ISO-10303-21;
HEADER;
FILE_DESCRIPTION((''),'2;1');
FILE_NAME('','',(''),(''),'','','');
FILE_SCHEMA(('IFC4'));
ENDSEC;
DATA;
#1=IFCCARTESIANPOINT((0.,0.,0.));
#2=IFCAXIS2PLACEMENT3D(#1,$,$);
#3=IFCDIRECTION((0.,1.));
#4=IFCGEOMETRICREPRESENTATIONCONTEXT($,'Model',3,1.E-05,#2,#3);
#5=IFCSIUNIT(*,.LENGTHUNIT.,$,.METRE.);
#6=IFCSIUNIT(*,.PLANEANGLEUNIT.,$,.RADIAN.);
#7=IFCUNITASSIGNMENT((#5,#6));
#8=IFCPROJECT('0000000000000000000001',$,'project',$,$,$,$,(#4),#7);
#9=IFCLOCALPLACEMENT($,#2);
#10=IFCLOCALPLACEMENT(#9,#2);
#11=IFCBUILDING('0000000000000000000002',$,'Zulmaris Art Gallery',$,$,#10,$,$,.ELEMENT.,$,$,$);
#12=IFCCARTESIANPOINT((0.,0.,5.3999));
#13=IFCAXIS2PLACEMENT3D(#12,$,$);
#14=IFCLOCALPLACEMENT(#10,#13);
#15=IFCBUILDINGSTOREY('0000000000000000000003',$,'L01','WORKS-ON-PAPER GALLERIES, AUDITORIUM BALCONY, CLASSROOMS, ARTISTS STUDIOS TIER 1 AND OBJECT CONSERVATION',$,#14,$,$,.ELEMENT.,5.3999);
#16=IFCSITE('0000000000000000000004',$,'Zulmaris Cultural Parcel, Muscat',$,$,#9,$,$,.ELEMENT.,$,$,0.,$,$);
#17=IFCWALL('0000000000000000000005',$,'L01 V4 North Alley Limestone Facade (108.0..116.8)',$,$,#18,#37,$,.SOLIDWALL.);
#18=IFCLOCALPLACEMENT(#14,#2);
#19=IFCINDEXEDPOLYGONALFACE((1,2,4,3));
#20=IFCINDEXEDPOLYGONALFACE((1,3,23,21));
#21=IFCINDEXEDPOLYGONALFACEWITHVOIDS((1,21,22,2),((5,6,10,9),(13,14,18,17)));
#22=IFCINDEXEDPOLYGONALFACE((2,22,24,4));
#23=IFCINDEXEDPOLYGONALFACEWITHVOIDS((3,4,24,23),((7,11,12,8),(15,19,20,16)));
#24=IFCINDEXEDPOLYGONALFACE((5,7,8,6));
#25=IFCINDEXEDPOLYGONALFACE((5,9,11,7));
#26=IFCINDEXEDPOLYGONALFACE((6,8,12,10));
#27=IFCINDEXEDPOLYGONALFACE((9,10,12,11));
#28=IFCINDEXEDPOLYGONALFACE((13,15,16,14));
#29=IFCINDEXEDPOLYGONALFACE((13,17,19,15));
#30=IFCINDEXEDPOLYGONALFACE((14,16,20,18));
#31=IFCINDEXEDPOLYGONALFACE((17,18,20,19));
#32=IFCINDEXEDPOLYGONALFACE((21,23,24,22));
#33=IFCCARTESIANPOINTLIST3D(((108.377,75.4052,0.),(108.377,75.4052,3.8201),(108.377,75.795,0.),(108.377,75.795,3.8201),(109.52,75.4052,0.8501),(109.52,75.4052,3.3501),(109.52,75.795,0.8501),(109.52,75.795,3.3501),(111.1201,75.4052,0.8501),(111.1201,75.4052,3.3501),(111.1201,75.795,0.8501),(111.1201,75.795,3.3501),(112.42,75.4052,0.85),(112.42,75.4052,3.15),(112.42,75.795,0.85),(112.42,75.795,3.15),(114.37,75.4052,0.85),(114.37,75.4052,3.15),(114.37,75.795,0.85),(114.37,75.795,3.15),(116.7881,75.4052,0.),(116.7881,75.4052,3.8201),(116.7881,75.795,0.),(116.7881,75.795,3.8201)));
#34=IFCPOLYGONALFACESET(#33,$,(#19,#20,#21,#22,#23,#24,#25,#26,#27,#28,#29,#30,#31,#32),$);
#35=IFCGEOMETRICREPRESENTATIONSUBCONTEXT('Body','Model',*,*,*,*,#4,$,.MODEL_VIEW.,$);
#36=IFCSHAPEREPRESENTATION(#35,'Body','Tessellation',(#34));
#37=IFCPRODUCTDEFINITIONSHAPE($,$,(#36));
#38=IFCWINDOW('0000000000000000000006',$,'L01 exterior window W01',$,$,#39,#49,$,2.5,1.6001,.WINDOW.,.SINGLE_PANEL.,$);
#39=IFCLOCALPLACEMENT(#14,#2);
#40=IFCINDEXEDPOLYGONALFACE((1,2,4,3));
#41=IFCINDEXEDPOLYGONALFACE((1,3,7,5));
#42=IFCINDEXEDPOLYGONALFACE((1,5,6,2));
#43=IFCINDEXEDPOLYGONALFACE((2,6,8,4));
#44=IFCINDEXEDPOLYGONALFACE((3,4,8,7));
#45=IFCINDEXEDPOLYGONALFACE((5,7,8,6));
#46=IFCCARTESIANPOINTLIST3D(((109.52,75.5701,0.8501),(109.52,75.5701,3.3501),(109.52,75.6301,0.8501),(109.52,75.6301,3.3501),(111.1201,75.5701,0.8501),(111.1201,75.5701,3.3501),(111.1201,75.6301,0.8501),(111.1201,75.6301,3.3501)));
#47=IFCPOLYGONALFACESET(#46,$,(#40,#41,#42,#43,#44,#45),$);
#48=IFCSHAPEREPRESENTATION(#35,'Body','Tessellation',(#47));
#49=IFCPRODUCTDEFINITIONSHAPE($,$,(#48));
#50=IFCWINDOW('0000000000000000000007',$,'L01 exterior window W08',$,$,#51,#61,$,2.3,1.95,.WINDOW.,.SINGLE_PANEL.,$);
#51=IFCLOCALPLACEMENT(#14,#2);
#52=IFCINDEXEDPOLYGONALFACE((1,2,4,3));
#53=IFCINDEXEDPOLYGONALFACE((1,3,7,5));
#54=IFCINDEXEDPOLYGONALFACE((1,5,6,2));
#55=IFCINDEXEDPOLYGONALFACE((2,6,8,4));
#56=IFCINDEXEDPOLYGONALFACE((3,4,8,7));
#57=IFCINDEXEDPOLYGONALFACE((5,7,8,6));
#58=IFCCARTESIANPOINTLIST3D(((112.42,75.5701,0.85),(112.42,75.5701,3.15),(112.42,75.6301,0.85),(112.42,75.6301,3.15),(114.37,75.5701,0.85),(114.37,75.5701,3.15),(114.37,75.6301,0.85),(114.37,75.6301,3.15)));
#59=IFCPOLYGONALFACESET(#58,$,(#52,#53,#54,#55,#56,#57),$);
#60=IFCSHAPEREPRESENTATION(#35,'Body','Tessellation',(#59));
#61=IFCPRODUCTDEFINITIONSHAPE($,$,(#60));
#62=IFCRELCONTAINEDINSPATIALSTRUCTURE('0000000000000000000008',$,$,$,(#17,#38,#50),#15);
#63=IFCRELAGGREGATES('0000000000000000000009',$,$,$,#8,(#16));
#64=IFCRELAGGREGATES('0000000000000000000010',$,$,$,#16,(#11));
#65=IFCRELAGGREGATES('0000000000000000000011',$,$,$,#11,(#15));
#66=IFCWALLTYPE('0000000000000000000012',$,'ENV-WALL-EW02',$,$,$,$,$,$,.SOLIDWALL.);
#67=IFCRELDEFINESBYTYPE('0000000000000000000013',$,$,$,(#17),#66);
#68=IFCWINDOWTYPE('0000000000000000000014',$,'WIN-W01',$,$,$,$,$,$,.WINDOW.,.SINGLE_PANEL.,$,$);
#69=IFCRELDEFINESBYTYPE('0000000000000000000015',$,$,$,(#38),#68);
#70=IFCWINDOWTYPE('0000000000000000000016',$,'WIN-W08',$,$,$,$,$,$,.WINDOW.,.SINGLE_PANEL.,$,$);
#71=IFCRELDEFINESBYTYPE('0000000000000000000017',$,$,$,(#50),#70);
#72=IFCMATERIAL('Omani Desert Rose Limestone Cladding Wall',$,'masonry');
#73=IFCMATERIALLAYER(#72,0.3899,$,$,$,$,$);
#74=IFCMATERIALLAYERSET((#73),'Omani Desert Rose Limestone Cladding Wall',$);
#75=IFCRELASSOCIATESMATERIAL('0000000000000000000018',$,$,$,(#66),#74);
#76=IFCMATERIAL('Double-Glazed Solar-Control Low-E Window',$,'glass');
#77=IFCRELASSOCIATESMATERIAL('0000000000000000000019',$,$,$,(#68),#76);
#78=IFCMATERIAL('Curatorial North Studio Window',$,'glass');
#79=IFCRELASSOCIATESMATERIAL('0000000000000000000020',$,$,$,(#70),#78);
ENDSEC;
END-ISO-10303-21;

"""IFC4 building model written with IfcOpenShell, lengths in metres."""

from ifc_helpers import new_model, si_unit, direction, frame, frame_2d, origin, place, context, subcontext, project, spatial, rectangle, extrude, material, layer, layer_set, type_object, element, fill, save


model = new_model("IFC4")

# Units and contexts
model_context = context("Model", 3, precision=1e-05, world=origin(), true_north=direction((0.0, 1.0)))
body_context = subcontext(model_context, "Body", "Model", "MODEL_VIEW")
ifc_project = project(units=[si_unit("LENGTHUNIT", "METRE"), si_unit("PLANEANGLEUNIT", "RADIAN")], contexts=[model_context])

# Site, building, storey
site_placement = place(None, origin())
site = spatial("IfcSite", under=ifc_project, at=site_placement, Name="Zulmaris Cultural Parcel, Muscat", CompositionType="ELEMENT", RefElevation=0.0)
building_placement = place(site_placement, origin())
building = spatial("IfcBuilding", under=site, at=building_placement, Name="Zulmaris Art Gallery", CompositionType="ELEMENT")
storey_placement = place(building_placement, frame((0.0, 0.0, 5.3999)))
storey = spatial("IfcBuildingStorey", under=building, at=storey_placement, Name="L01", Description="WORKS-ON-PAPER GALLERIES, AUDITORIUM BALCONY, CLASSROOMS, ARTISTS STUDIOS TIER 1 AND OBJECT CONSERVATION", CompositionType="ELEMENT", Elevation=5.3999)

# Wall, openings, windows
ifc_material_1 = material(Name="Omani Desert Rose Limestone Cladding Wall", Category="masonry")
ifc_layer_1 = layer(ifc_material_1, 0.3899)
ifc_layer_set_1 = layer_set([ifc_layer_1], Name="Omani Desert Rose Limestone Cladding Wall")
wall_type = type_object("IfcWallType", Name="ENV-WALL-EW02", PredefinedType="SOLIDWALL", material=ifc_layer_set_1)
ifc_material_2 = material(Name="Double-Glazed Solar-Control Low-E Window", Category="glass")
window_type_1 = type_object("IfcWindowType", Name="WIN-W01", PartitioningType="SINGLE_PANEL", PredefinedType="WINDOW", material=ifc_material_2)
ifc_material_3 = material(Name="Curatorial North Studio Window", Category="glass")
window_type_2 = type_object("IfcWindowType", Name="WIN-W08", PartitioningType="SINGLE_PANEL", PredefinedType="WINDOW", material=ifc_material_3)
wall_1_placement = place(storey_placement, frame((108.377, 75.6001, 0.0), z_axis=(0.0, 0.0, 1.0), x_axis=(1.0, 0.0, 0.0)))
wall_1 = element("IfcWall", 1, at=wall_1_placement, inside=storey, type_object=wall_type, Name="L01 V4 North Alley Limestone Facade (108.0..116.8)", PredefinedType="SOLIDWALL", context=body_context, shape_type="SweptSolid", body=[
    extrude(rectangle(XDim=8.4111, YDim=0.3899, at=frame_2d((4.2056, 0.0))), origin(), (0.0, 0.0, 1.0), 3.8201),
])
opening_1_placement = place(wall_1_placement, frame((1.1431, 0.0, 0.8501)))
opening_1 = element("IfcOpeningElement", 2, at=opening_1_placement, cuts=wall_1, PredefinedType="OPENING", context=body_context, shape_type="SweptSolid", body=[
    extrude(rectangle(XDim=1.6001, YDim=2.5, at=frame_2d((0.8, 1.25))), frame((0.0, 0.2048, 0.0), z_axis=(0.0, -1.0, 0.0), x_axis=(1.0, 0.0, 0.0)), (0.0, 0.0, 1.0), 0.4099),
])
opening_2_placement = place(wall_1_placement, frame((4.043, 0.0, 0.8501)))
opening_2 = element("IfcOpeningElement", 3, at=opening_2_placement, cuts=wall_1, PredefinedType="OPENING", context=body_context, shape_type="SweptSolid", body=[
    extrude(rectangle(XDim=1.95, YDim=2.3, at=frame_2d((0.9751, 1.1499))), frame((0.0, 0.2048, 0.0), z_axis=(0.0, -1.0, 0.0), x_axis=(1.0, 0.0, 0.0)), (0.0, 0.0, 1.0), 0.4099),
])
window_1_placement = place(opening_1_placement, origin())
window_1 = element("IfcWindow", 4, at=window_1_placement, inside=storey, type_object=window_type_1, Name="L01 exterior window W01", OverallHeight=2.5, OverallWidth=1.6001, PartitioningType="SINGLE_PANEL", PredefinedType="WINDOW", context=body_context, shape_type="SweptSolid", body=[
    extrude(rectangle(XDim=1.6001, YDim=2.5, at=frame_2d((0.8, 1.25))), frame((0.0, 0.03, 0.0), z_axis=(0.0, -1.0, 0.0), x_axis=(1.0, 0.0, 0.0)), (0.0, 0.0, 1.0), 0.0601),
])
fill(opening_1, window_1)
window_2_placement = place(opening_2_placement, origin())
window_2 = element("IfcWindow", 5, at=window_2_placement, inside=storey, type_object=window_type_2, Name="L01 exterior window W08", OverallHeight=2.3, OverallWidth=1.95, PartitioningType="SINGLE_PANEL", PredefinedType="WINDOW", context=body_context, shape_type="SweptSolid", body=[
    extrude(rectangle(XDim=1.95, YDim=2.3, at=frame_2d((0.9751, 1.1499))), frame((0.0, 0.03, 0.0), z_axis=(0.0, -1.0, 0.0), x_axis=(1.0, 0.0, 0.0)), (0.0, 0.0, 1.0), 0.0601),
])
fill(opening_2, window_2)

save(model, "model.ifc")
